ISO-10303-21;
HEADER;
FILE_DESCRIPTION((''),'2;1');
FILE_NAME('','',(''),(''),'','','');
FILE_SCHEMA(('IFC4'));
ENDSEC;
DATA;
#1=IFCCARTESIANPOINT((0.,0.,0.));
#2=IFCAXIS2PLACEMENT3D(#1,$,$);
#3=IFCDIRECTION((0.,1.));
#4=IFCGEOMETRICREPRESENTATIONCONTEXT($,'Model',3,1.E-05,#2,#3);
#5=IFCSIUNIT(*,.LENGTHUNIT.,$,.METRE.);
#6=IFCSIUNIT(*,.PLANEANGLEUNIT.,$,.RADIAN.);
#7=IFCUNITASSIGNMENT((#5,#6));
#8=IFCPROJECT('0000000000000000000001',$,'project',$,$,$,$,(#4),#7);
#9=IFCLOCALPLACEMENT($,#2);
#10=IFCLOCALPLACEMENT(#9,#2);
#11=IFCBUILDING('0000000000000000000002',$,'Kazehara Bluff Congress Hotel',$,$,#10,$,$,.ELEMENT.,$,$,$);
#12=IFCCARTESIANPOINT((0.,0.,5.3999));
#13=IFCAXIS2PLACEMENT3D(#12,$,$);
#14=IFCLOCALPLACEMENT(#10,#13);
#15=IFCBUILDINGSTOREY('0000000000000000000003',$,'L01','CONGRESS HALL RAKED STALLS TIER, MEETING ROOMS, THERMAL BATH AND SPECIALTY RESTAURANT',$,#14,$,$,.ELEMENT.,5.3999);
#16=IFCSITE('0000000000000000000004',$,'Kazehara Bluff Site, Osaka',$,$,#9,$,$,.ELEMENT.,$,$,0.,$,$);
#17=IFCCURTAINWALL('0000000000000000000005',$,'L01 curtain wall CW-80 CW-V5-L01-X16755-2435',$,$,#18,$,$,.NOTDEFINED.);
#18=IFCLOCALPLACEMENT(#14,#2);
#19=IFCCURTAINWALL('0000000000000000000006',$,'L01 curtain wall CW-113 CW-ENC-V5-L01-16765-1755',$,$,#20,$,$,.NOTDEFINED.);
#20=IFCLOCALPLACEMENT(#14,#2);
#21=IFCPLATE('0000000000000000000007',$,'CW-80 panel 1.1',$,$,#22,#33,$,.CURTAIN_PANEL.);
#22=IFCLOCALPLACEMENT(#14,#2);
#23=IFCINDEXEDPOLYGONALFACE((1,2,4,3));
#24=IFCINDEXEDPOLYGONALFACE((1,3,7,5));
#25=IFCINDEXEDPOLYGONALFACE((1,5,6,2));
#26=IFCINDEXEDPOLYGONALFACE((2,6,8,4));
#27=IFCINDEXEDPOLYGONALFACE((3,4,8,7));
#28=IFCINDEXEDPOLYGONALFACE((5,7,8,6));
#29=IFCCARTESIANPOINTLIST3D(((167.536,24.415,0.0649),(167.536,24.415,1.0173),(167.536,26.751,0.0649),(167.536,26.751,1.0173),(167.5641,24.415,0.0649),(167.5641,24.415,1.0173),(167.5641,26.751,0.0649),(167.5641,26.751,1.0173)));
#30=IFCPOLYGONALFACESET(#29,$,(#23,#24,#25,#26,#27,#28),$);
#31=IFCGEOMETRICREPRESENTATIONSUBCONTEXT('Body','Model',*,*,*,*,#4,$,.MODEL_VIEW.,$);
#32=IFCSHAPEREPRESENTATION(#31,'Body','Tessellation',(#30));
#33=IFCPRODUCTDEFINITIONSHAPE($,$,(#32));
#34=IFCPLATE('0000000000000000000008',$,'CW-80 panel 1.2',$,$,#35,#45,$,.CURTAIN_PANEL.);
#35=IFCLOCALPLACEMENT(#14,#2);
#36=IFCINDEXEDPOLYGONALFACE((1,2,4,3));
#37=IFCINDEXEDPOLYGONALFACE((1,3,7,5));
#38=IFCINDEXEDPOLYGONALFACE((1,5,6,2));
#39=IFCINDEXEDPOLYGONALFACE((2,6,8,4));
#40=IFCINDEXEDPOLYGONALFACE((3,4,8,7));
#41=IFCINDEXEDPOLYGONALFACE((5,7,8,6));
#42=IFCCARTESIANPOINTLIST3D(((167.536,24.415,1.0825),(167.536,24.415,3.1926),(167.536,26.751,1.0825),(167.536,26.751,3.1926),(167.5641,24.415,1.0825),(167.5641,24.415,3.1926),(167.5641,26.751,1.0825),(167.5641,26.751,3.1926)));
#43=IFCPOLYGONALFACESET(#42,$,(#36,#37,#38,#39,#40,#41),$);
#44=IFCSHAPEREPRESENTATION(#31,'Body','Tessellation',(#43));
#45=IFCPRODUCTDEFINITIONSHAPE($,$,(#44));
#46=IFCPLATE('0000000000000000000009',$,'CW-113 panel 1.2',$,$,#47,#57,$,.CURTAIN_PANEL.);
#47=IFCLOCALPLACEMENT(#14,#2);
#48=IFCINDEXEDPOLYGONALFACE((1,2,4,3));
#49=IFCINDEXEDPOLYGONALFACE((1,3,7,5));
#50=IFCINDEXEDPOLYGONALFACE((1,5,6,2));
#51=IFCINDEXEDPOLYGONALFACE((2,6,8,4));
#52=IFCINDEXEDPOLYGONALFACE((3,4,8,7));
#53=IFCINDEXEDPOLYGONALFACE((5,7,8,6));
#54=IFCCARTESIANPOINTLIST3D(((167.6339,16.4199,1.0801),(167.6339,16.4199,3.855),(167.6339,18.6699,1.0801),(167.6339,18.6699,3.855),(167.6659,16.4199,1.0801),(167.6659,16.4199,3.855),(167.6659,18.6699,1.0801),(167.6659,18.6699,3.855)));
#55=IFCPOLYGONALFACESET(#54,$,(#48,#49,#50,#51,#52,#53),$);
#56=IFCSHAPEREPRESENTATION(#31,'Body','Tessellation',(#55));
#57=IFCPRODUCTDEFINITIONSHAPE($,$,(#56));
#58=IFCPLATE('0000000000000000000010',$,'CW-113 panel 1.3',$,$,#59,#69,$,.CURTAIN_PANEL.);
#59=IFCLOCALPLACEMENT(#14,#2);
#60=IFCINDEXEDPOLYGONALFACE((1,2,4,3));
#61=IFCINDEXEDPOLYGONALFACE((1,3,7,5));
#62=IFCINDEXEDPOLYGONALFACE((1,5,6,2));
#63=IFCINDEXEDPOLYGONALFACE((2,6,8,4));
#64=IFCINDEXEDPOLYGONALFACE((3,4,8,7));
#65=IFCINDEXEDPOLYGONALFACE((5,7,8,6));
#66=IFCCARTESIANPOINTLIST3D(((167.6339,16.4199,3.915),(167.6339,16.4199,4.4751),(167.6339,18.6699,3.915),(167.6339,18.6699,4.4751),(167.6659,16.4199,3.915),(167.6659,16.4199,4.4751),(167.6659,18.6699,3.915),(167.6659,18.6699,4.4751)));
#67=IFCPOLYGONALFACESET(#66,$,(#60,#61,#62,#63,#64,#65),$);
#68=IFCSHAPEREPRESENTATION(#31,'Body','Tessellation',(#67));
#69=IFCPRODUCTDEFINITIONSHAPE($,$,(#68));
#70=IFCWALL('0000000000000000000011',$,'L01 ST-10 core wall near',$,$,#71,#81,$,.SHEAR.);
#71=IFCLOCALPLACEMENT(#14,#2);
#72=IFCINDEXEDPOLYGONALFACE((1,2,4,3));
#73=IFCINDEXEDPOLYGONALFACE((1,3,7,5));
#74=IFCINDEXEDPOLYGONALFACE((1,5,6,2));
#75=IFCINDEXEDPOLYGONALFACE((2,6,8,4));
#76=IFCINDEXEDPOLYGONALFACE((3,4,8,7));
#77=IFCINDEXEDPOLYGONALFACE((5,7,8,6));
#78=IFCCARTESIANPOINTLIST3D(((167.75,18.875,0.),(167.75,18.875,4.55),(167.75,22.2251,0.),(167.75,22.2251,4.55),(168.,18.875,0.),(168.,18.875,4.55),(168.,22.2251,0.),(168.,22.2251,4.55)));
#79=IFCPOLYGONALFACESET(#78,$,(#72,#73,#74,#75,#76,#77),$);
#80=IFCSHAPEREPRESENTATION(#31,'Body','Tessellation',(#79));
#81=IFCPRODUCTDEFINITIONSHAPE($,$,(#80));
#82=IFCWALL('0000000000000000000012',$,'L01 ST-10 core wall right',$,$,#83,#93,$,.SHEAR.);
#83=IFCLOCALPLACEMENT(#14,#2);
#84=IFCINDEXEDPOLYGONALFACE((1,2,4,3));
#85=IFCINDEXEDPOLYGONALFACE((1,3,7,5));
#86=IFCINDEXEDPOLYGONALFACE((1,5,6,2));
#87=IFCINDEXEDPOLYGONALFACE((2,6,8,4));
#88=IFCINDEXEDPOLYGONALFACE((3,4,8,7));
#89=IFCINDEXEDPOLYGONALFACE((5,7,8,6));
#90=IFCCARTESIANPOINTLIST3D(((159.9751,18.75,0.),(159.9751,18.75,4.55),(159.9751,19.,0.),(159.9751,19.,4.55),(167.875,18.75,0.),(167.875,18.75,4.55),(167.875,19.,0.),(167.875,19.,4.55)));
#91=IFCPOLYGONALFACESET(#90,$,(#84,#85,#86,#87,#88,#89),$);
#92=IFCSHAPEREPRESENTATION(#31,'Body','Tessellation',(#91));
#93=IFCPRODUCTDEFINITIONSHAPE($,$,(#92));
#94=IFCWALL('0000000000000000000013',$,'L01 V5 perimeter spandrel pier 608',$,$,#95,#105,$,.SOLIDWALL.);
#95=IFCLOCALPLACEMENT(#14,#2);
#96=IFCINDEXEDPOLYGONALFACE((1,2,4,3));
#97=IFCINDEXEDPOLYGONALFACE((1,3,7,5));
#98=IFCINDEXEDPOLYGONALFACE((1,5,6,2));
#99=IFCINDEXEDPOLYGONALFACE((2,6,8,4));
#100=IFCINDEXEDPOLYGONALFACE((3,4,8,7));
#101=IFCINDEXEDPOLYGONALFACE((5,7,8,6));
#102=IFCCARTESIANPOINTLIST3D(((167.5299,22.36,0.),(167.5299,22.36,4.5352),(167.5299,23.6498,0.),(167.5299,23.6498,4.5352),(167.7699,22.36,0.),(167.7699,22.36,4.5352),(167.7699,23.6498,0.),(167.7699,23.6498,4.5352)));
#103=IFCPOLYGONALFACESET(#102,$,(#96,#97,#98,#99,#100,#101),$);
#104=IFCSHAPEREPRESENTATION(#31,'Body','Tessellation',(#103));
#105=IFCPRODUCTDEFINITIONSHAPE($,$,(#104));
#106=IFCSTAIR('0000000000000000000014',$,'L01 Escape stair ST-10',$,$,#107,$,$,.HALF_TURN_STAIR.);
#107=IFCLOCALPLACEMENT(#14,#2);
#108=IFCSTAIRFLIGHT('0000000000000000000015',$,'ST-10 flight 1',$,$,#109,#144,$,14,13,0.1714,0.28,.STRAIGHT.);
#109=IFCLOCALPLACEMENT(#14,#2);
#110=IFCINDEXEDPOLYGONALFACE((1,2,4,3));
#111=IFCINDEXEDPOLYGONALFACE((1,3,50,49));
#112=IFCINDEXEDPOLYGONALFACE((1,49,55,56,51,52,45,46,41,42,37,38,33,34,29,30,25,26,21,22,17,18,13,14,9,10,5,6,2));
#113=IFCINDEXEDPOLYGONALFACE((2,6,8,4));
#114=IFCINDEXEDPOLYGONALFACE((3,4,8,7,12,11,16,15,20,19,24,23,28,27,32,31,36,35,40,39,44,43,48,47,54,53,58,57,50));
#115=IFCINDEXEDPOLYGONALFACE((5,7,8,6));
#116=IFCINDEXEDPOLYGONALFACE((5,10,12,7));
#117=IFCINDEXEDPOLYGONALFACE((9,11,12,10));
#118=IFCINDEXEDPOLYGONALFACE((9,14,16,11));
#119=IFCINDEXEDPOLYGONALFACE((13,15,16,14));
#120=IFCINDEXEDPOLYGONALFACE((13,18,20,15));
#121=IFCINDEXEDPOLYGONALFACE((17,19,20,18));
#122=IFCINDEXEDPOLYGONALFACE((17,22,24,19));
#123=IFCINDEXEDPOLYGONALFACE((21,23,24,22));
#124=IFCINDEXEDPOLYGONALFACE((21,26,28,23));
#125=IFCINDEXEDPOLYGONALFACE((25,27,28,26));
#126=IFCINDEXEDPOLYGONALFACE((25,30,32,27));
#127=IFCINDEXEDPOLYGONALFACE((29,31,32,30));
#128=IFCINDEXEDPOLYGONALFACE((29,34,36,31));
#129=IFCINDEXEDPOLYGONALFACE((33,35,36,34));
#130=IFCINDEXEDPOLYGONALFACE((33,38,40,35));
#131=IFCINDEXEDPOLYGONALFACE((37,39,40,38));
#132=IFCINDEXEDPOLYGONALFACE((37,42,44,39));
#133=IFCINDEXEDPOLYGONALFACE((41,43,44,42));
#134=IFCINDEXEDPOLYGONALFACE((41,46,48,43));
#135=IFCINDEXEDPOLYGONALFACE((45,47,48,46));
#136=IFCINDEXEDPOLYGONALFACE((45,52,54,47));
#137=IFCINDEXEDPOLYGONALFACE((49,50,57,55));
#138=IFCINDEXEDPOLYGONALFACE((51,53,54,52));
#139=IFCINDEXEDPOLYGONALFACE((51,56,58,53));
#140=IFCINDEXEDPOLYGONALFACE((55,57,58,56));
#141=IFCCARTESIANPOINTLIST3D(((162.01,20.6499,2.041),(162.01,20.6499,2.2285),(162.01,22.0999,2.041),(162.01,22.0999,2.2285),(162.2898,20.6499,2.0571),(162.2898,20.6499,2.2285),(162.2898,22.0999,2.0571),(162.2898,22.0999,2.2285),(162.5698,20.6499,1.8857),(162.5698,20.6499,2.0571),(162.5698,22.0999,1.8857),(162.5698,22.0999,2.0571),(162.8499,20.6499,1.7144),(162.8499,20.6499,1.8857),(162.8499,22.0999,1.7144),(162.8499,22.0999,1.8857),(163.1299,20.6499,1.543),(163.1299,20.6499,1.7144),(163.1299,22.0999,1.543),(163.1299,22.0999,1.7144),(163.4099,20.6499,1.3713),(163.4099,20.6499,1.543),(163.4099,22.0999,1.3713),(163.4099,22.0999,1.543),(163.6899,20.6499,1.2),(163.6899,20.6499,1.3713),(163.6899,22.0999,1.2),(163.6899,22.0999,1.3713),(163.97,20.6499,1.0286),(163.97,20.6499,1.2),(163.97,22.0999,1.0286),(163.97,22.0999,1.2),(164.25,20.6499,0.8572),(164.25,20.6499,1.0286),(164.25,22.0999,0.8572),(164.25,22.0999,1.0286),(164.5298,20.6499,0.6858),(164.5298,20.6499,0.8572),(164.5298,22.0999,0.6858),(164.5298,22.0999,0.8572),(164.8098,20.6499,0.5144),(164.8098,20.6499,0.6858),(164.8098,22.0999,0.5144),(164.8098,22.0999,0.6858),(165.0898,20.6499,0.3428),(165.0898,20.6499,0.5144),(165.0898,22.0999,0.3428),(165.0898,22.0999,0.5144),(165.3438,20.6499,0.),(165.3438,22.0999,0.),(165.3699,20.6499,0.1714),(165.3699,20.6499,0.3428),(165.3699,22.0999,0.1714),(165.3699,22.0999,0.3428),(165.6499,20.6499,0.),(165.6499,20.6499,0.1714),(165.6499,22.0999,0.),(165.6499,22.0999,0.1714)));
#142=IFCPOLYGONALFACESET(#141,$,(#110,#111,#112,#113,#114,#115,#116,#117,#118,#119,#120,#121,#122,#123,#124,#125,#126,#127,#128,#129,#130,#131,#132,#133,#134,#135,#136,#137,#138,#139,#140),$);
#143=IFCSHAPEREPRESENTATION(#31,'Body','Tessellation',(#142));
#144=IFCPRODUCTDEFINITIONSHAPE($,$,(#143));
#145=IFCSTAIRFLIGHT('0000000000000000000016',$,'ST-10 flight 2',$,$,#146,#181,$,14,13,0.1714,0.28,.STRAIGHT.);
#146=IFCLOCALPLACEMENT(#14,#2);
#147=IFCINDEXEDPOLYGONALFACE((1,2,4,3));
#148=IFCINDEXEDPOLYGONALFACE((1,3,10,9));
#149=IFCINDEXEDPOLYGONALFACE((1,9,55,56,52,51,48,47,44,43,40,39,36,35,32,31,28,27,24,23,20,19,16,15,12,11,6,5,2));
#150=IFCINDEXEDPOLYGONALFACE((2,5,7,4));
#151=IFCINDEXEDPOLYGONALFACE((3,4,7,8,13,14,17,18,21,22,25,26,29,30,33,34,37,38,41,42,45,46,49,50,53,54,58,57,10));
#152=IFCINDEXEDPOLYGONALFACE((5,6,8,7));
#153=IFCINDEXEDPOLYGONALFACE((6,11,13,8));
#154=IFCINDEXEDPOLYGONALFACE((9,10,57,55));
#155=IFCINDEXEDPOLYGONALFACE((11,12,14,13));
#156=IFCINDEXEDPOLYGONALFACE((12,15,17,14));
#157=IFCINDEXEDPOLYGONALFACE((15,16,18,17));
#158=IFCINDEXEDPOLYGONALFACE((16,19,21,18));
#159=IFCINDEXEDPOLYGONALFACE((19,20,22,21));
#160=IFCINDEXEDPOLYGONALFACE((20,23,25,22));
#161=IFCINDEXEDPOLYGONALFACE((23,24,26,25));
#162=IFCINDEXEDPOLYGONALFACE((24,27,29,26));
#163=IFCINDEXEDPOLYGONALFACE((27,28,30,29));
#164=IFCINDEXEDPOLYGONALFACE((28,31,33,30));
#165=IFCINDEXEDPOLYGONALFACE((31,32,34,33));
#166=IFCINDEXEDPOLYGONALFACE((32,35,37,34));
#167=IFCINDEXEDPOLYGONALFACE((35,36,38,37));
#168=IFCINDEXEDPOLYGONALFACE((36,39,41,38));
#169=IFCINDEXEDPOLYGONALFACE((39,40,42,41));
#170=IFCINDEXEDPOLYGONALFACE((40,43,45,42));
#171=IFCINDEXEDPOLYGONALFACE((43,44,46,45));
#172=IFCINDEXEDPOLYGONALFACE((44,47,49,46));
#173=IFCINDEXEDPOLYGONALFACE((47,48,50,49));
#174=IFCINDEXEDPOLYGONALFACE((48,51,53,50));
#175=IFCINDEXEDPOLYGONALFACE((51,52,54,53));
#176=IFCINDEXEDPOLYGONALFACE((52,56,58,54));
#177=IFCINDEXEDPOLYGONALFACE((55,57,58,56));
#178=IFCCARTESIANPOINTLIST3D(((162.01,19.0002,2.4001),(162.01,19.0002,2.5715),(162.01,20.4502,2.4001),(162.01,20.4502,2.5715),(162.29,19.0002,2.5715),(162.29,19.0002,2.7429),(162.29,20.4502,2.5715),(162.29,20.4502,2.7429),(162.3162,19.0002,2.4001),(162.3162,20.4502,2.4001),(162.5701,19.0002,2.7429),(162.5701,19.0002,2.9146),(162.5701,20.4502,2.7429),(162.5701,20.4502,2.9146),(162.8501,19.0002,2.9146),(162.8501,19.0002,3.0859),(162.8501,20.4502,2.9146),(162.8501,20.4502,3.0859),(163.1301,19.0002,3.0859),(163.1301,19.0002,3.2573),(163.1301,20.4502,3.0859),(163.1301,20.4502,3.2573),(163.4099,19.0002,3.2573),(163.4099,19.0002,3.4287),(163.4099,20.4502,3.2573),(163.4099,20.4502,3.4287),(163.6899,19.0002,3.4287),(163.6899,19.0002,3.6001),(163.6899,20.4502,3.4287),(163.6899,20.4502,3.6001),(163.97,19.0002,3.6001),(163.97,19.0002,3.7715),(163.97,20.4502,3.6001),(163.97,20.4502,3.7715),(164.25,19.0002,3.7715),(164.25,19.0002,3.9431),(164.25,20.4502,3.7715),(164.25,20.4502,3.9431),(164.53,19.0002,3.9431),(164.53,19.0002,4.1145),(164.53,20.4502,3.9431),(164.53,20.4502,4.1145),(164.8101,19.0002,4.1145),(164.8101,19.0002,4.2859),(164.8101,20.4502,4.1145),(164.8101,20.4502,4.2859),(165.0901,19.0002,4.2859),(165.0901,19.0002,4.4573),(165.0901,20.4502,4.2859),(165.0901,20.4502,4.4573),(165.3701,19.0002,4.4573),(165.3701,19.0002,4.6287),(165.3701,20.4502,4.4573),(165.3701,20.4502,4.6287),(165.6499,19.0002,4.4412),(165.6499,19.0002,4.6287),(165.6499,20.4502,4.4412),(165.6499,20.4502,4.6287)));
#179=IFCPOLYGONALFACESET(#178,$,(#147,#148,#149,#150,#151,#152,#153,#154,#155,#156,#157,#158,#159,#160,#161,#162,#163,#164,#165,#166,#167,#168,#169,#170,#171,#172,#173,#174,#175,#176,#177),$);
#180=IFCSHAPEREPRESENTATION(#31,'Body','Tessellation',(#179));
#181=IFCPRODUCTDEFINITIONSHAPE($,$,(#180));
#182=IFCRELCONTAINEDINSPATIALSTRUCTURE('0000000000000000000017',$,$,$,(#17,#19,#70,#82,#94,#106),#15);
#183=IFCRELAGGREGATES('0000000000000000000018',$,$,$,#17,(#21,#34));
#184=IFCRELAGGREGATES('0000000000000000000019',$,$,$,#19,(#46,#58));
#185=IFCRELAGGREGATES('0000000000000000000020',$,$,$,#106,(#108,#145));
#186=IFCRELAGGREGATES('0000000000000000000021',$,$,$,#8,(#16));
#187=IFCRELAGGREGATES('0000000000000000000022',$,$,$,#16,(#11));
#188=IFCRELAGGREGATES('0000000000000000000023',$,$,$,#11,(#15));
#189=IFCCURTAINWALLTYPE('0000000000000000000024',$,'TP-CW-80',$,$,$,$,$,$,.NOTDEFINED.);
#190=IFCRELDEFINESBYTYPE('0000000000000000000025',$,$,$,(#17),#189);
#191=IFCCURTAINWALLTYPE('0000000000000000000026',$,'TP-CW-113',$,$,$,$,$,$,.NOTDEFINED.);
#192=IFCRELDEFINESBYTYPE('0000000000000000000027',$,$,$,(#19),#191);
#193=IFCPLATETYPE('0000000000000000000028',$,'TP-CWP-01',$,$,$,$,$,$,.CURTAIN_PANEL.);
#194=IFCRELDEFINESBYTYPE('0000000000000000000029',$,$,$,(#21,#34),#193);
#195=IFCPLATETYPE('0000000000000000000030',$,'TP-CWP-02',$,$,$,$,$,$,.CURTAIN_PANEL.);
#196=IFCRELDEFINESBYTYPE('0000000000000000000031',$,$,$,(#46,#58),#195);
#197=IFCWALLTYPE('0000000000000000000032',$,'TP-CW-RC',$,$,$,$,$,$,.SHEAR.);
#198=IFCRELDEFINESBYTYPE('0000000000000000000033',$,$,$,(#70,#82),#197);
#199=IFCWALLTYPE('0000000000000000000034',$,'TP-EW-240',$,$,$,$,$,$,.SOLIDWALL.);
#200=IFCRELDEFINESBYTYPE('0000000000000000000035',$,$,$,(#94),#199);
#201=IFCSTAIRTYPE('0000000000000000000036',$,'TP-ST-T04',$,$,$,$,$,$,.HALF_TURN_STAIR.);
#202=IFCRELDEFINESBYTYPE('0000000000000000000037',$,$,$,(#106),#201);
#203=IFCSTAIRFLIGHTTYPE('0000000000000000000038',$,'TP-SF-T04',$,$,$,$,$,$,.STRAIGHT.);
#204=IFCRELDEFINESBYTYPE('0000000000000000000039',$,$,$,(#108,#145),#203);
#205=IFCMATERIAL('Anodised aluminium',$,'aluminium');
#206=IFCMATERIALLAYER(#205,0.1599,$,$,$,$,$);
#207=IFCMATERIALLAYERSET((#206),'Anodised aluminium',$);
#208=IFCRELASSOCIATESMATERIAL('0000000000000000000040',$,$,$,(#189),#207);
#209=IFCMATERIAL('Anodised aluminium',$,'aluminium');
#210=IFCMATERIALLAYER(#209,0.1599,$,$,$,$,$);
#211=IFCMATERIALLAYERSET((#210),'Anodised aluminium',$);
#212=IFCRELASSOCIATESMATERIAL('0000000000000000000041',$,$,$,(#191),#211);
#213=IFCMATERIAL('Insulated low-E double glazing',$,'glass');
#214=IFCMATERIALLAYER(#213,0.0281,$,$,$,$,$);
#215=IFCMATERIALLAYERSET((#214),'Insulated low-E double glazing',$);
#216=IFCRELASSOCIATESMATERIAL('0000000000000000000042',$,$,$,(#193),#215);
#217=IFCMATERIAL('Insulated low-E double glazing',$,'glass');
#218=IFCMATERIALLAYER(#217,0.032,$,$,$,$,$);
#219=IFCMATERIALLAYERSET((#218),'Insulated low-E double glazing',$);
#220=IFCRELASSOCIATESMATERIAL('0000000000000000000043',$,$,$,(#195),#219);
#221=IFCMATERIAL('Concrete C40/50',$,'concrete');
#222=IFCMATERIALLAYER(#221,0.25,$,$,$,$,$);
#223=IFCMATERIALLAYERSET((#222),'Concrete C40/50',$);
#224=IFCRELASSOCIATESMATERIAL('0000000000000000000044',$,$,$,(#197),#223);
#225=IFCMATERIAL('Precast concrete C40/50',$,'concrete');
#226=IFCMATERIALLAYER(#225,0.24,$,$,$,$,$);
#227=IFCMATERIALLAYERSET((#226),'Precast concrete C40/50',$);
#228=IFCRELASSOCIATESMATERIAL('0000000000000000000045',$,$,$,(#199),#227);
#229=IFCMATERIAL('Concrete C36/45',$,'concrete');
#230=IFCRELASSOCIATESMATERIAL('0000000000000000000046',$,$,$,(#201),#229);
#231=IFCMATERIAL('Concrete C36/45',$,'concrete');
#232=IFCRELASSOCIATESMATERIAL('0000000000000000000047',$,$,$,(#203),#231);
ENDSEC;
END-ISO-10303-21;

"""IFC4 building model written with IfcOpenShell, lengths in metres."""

from ifc_helpers import new_model, si_unit, direction, frame, frame_2d, origin, origin_2d, place, context, subcontext, project, spatial, polyline, rectangle, outline, extrude, material, layer, layer_set, type_object, element, aggregate, save


model = new_model("IFC4")

# Units and contexts
model_context = context("Model", 3, precision=1e-05, world=origin(), true_north=direction((0.0, 1.0)))
body_context = subcontext(model_context, "Body", "Model", "MODEL_VIEW")
ifc_project = project(units=[si_unit("LENGTHUNIT", "METRE"), si_unit("PLANEANGLEUNIT", "RADIAN")], contexts=[model_context])

# Site, building, storey
site_placement = place(None, origin())
site = spatial("IfcSite", under=ifc_project, at=site_placement, Name="Kazehara Bluff Site, Osaka", CompositionType="ELEMENT", RefElevation=0.0)
building_placement = place(site_placement, origin())
building = spatial("IfcBuilding", under=site, at=building_placement, Name="Kazehara Bluff Congress Hotel", CompositionType="ELEMENT")
storey_placement = place(building_placement, frame((0.0, 0.0, 5.3999)))
storey = spatial("IfcBuildingStorey", under=building, at=storey_placement, Name="L01", Description="CONGRESS HALL RAKED STALLS TIER, MEETING ROOMS, THERMAL BATH AND SPECIALTY RESTAURANT", CompositionType="ELEMENT", Elevation=5.3999)

# Curtain wall
ifc_material_1 = material(Name="Anodised aluminium", Category="aluminium")
ifc_layer_1 = layer(ifc_material_1, 0.1599)
ifc_layer_set_1 = layer_set([ifc_layer_1], Name="Anodised aluminium")
curtain_wall_type_1 = type_object("IfcCurtainWallType", Name="TP-CW-80", PredefinedType="NOTDEFINED", material=ifc_layer_set_1)
curtain_wall_1_placement = place(storey_placement, origin())
curtain_wall_1 = element("IfcCurtainWall", 1, at=curtain_wall_1_placement, inside=storey, type_object=curtain_wall_type_1, Name="L01 curtain wall CW-80 CW-V5-L01-X16755-2435", PredefinedType="NOTDEFINED")

# Curtain wall
ifc_material_2 = material(Name="Anodised aluminium", Category="aluminium")
ifc_layer_2 = layer(ifc_material_2, 0.1599)
ifc_layer_set_2 = layer_set([ifc_layer_2], Name="Anodised aluminium")
curtain_wall_type_2 = type_object("IfcCurtainWallType", Name="TP-CW-113", PredefinedType="NOTDEFINED", material=ifc_layer_set_2)
curtain_wall_2_placement = place(storey_placement, origin())
curtain_wall_2 = element("IfcCurtainWall", 2, at=curtain_wall_2_placement, inside=storey, type_object=curtain_wall_type_2, Name="L01 curtain wall CW-113 CW-ENC-V5-L01-16765-1755", PredefinedType="NOTDEFINED")

# Plates
ifc_material_3 = material(Name="Insulated low-E double glazing", Category="glass")
ifc_layer_3 = layer(ifc_material_3, 0.0281)
ifc_layer_set_3 = layer_set([ifc_layer_3], Name="Insulated low-E double glazing")
plate_type_1 = type_object("IfcPlateType", Name="TP-CWP-01", PredefinedType="CURTAIN_PANEL", material=ifc_layer_set_3)
plate_1_placement = place(storey_placement, frame((167.55, 25.583, 0.0649), z_axis=(0.0, 0.0, 1.0), x_axis=(0.0, 1.0, 0.0)))
plate_1 = element("IfcPlate", 3, at=plate_1_placement, type_object=plate_type_1, Name="CW-80 panel 1.1", PredefinedType="CURTAIN_PANEL", context=body_context, shape_type="SweptSolid", body=[
    extrude(rectangle(XDim=2.3359, YDim=0.0281, at=origin_2d()), origin(), (0.0, 0.0, 1.0), 0.9524),
])
plate_2_placement = place(storey_placement, frame((167.55, 25.583, 1.0825), z_axis=(0.0, 0.0, 1.0), x_axis=(0.0, 1.0, 0.0)))
plate_2 = element("IfcPlate", 4, at=plate_2_placement, type_object=plate_type_1, Name="CW-80 panel 1.2", PredefinedType="CURTAIN_PANEL", context=body_context, shape_type="SweptSolid", body=[
    extrude(rectangle(XDim=2.3359, YDim=0.0281, at=origin_2d()), origin(), (0.0, 0.0, 1.0), 2.1101),
])
aggregate(curtain_wall_1, [plate_1, plate_2])
ifc_material_4 = material(Name="Insulated low-E double glazing", Category="glass")
ifc_layer_4 = layer(ifc_material_4, 0.032)
ifc_layer_set_4 = layer_set([ifc_layer_4], Name="Insulated low-E double glazing")
plate_type_2 = type_object("IfcPlateType", Name="TP-CWP-02", PredefinedType="CURTAIN_PANEL", material=ifc_layer_set_4)
plate_3_placement = place(storey_placement, frame((167.6499, 17.5449, 1.0801), z_axis=(0.0, 0.0, 1.0), x_axis=(0.0, -1.0, 0.0)))
plate_3 = element("IfcPlate", 5, at=plate_3_placement, type_object=plate_type_2, Name="CW-113 panel 1.2", PredefinedType="CURTAIN_PANEL", context=body_context, shape_type="SweptSolid", body=[
    extrude(rectangle(XDim=2.25, YDim=0.032, at=origin_2d()), origin(), (0.0, 0.0, 1.0), 2.7749),
])
plate_4_placement = place(storey_placement, frame((167.6499, 17.5449, 3.915), z_axis=(0.0, 0.0, 1.0), x_axis=(0.0, -1.0, 0.0)))
plate_4 = element("IfcPlate", 6, at=plate_4_placement, type_object=plate_type_2, Name="CW-113 panel 1.3", PredefinedType="CURTAIN_PANEL", context=body_context, shape_type="SweptSolid", body=[
    extrude(rectangle(XDim=2.25, YDim=0.032, at=origin_2d()), origin(), (0.0, 0.0, 1.0), 0.5601),
])
aggregate(curtain_wall_2, [plate_3, plate_4])

# Walls
ifc_material_5 = material(Name="Concrete C40/50", Category="concrete")
ifc_layer_5 = layer(ifc_material_5, 0.25)
ifc_layer_set_5 = layer_set([ifc_layer_5], Name="Concrete C40/50")
wall_type_1 = type_object("IfcWallType", Name="TP-CW-RC", PredefinedType="SHEAR", material=ifc_layer_set_5)
wall_1_placement = place(storey_placement, frame((167.875, 22.2251, 0.0), z_axis=(0.0, 0.0, 1.0), x_axis=(0.0, -1.0, 0.0)))
element("IfcWall", 7, at=wall_1_placement, inside=storey, type_object=wall_type_1, Name="L01 ST-10 core wall near", PredefinedType="SHEAR", context=body_context, shape_type="SweptSolid", body=[
    extrude(rectangle(XDim=3.3501, YDim=0.25, at=frame_2d((1.675, 0.0))), origin(), (0.0, 0.0, 1.0), 4.55),
])
wall_2_placement = place(storey_placement, frame((167.875, 18.875, 0.0), z_axis=(0.0, 0.0, 1.0), x_axis=(-1.0, 0.0, 0.0)))
element("IfcWall", 8, at=wall_2_placement, inside=storey, type_object=wall_type_1, Name="L01 ST-10 core wall right", PredefinedType="SHEAR", context=body_context, shape_type="SweptSolid", body=[
    extrude(rectangle(XDim=7.8999, YDim=0.25, at=frame_2d((3.95, 0.0))), origin(), (0.0, 0.0, 1.0), 4.55),
])
ifc_material_6 = material(Name="Precast concrete C40/50", Category="concrete")
ifc_layer_6 = layer(ifc_material_6, 0.24)
ifc_layer_set_6 = layer_set([ifc_layer_6], Name="Precast concrete C40/50")
wall_type_2 = type_object("IfcWallType", Name="TP-EW-240", PredefinedType="SOLIDWALL", material=ifc_layer_set_6)
wall_3_placement = place(storey_placement, frame((167.6499, 23.6499, 0.0), z_axis=(0.0, 0.0, 1.0), x_axis=(0.0, -1.0, 0.0)))
element("IfcWall", 9, at=wall_3_placement, inside=storey, type_object=wall_type_2, Name="L01 V5 perimeter spandrel pier 608", PredefinedType="SOLIDWALL", context=body_context, shape_type="SweptSolid", body=[
    extrude(rectangle(XDim=1.2898, YDim=0.24, at=frame_2d((0.645, 0.0))), origin(), (0.0, 0.0, 1.0), 4.5352),
])

# Stair, stair flights
ifc_material_7 = material(Name="Concrete C36/45", Category="concrete")
stair_type = type_object("IfcStairType", Name="TP-ST-T04", PredefinedType="HALF_TURN_STAIR", material=ifc_material_7)
stair_placement = place(storey_placement, origin())
stair = element("IfcStair", 10, at=stair_placement, inside=storey, type_object=stair_type, Name="L01 Escape stair ST-10", PredefinedType="HALF_TURN_STAIR")
ifc_material_8 = material(Name="Concrete C36/45", Category="concrete")
stair_flight_type = type_object("IfcStairFlightType", Name="TP-SF-T04", PredefinedType="STRAIGHT", material=ifc_material_8)
stair_flight_1_placement = place(storey_placement, frame((165.6499, 21.375, 0.0), z_axis=(0.0, 0.0, 1.0), x_axis=(-1.0, 0.0, 0.0)))
stair_flight_1 = element("IfcStairFlight", 11, at=stair_flight_1_placement, type_object=stair_flight_type, Name="ST-10 flight 1", NumberOfRisers=14, NumberOfTreads=13, PredefinedType="STRAIGHT", RiserHeight=0.1714, TreadLength=0.28, context=body_context, shape_type="SweptSolid", body=[
    extrude(outline(polyline([(0.0, 0.0), (0.0, 0.1714), (0.28, 0.1714), (0.28, 0.3428), (0.5601, 0.3428), (0.5601, 0.5144), (0.8401, 0.5144), (0.8401, 0.6858), (1.1201, 0.6858), (1.1201, 0.8572), (1.3999, 0.8572), (1.3999, 1.0286), (1.6799, 1.0286), (1.6799, 1.2), (1.96, 1.2), (1.96, 1.3713), (2.24, 1.3713), (2.24, 1.543), (2.52, 1.543), (2.52, 1.7144), (2.8, 1.7144), (2.8, 1.8857), (3.0801, 1.8857), (3.0801, 2.0571), (3.3601, 2.0571), (3.3601, 2.2285), (3.6399, 2.2285), (3.6399, 2.3999), (3.6399, 2.041), (0.3062, 0.0), (0.0, 0.0)])), frame((0.0, 0.7251, 0.0), z_axis=(0.0, -1.0, 0.0), x_axis=(1.0, 0.0, 0.0)), (0.0, 0.0, 1.0), 1.45),
])
stair_flight_2_placement = place(storey_placement, frame((162.01, 19.7251, 2.4001), z_axis=(0.0, 0.0, 1.0), x_axis=(1.0, 0.0, 0.0)))
stair_flight_2 = element("IfcStairFlight", 12, at=stair_flight_2_placement, type_object=stair_flight_type, Name="ST-10 flight 2", NumberOfRisers=14, NumberOfTreads=13, PredefinedType="STRAIGHT", RiserHeight=0.1714, TreadLength=0.28, context=body_context, shape_type="SweptSolid", body=[
    extrude(outline(polyline([(0.0, 0.0), (0.0, 0.1714), (0.28, 0.1714), (0.28, 0.3428), (0.5601, 0.3428), (0.5601, 0.5144), (0.8401, 0.5144), (0.8401, 0.6858), (1.1201, 0.6858), (1.1201, 0.8572), (1.3999, 0.8572), (1.3999, 1.0286), (1.6799, 1.0286), (1.6799, 1.2), (1.96, 1.2), (1.96, 1.3713), (2.24, 1.3713), (2.24, 1.543), (2.52, 1.543), (2.52, 1.7144), (2.8, 1.7144), (2.8, 1.8857), (3.0801, 1.8857), (3.0801, 2.0571), (3.3601, 2.0571), (3.3601, 2.2285), (3.6399, 2.2285), (3.6399, 2.3999), (3.6399, 2.041), (0.3062, 0.0), (0.0, 0.0)])), frame((0.0, 0.7251, 0.0), z_axis=(0.0, -1.0, 0.0), x_axis=(1.0, 0.0, 0.0)), (0.0, 0.0, 1.0), 1.45),
])
aggregate(stair, [stair_flight_1, stair_flight_2])

save(model, "model.ifc")
